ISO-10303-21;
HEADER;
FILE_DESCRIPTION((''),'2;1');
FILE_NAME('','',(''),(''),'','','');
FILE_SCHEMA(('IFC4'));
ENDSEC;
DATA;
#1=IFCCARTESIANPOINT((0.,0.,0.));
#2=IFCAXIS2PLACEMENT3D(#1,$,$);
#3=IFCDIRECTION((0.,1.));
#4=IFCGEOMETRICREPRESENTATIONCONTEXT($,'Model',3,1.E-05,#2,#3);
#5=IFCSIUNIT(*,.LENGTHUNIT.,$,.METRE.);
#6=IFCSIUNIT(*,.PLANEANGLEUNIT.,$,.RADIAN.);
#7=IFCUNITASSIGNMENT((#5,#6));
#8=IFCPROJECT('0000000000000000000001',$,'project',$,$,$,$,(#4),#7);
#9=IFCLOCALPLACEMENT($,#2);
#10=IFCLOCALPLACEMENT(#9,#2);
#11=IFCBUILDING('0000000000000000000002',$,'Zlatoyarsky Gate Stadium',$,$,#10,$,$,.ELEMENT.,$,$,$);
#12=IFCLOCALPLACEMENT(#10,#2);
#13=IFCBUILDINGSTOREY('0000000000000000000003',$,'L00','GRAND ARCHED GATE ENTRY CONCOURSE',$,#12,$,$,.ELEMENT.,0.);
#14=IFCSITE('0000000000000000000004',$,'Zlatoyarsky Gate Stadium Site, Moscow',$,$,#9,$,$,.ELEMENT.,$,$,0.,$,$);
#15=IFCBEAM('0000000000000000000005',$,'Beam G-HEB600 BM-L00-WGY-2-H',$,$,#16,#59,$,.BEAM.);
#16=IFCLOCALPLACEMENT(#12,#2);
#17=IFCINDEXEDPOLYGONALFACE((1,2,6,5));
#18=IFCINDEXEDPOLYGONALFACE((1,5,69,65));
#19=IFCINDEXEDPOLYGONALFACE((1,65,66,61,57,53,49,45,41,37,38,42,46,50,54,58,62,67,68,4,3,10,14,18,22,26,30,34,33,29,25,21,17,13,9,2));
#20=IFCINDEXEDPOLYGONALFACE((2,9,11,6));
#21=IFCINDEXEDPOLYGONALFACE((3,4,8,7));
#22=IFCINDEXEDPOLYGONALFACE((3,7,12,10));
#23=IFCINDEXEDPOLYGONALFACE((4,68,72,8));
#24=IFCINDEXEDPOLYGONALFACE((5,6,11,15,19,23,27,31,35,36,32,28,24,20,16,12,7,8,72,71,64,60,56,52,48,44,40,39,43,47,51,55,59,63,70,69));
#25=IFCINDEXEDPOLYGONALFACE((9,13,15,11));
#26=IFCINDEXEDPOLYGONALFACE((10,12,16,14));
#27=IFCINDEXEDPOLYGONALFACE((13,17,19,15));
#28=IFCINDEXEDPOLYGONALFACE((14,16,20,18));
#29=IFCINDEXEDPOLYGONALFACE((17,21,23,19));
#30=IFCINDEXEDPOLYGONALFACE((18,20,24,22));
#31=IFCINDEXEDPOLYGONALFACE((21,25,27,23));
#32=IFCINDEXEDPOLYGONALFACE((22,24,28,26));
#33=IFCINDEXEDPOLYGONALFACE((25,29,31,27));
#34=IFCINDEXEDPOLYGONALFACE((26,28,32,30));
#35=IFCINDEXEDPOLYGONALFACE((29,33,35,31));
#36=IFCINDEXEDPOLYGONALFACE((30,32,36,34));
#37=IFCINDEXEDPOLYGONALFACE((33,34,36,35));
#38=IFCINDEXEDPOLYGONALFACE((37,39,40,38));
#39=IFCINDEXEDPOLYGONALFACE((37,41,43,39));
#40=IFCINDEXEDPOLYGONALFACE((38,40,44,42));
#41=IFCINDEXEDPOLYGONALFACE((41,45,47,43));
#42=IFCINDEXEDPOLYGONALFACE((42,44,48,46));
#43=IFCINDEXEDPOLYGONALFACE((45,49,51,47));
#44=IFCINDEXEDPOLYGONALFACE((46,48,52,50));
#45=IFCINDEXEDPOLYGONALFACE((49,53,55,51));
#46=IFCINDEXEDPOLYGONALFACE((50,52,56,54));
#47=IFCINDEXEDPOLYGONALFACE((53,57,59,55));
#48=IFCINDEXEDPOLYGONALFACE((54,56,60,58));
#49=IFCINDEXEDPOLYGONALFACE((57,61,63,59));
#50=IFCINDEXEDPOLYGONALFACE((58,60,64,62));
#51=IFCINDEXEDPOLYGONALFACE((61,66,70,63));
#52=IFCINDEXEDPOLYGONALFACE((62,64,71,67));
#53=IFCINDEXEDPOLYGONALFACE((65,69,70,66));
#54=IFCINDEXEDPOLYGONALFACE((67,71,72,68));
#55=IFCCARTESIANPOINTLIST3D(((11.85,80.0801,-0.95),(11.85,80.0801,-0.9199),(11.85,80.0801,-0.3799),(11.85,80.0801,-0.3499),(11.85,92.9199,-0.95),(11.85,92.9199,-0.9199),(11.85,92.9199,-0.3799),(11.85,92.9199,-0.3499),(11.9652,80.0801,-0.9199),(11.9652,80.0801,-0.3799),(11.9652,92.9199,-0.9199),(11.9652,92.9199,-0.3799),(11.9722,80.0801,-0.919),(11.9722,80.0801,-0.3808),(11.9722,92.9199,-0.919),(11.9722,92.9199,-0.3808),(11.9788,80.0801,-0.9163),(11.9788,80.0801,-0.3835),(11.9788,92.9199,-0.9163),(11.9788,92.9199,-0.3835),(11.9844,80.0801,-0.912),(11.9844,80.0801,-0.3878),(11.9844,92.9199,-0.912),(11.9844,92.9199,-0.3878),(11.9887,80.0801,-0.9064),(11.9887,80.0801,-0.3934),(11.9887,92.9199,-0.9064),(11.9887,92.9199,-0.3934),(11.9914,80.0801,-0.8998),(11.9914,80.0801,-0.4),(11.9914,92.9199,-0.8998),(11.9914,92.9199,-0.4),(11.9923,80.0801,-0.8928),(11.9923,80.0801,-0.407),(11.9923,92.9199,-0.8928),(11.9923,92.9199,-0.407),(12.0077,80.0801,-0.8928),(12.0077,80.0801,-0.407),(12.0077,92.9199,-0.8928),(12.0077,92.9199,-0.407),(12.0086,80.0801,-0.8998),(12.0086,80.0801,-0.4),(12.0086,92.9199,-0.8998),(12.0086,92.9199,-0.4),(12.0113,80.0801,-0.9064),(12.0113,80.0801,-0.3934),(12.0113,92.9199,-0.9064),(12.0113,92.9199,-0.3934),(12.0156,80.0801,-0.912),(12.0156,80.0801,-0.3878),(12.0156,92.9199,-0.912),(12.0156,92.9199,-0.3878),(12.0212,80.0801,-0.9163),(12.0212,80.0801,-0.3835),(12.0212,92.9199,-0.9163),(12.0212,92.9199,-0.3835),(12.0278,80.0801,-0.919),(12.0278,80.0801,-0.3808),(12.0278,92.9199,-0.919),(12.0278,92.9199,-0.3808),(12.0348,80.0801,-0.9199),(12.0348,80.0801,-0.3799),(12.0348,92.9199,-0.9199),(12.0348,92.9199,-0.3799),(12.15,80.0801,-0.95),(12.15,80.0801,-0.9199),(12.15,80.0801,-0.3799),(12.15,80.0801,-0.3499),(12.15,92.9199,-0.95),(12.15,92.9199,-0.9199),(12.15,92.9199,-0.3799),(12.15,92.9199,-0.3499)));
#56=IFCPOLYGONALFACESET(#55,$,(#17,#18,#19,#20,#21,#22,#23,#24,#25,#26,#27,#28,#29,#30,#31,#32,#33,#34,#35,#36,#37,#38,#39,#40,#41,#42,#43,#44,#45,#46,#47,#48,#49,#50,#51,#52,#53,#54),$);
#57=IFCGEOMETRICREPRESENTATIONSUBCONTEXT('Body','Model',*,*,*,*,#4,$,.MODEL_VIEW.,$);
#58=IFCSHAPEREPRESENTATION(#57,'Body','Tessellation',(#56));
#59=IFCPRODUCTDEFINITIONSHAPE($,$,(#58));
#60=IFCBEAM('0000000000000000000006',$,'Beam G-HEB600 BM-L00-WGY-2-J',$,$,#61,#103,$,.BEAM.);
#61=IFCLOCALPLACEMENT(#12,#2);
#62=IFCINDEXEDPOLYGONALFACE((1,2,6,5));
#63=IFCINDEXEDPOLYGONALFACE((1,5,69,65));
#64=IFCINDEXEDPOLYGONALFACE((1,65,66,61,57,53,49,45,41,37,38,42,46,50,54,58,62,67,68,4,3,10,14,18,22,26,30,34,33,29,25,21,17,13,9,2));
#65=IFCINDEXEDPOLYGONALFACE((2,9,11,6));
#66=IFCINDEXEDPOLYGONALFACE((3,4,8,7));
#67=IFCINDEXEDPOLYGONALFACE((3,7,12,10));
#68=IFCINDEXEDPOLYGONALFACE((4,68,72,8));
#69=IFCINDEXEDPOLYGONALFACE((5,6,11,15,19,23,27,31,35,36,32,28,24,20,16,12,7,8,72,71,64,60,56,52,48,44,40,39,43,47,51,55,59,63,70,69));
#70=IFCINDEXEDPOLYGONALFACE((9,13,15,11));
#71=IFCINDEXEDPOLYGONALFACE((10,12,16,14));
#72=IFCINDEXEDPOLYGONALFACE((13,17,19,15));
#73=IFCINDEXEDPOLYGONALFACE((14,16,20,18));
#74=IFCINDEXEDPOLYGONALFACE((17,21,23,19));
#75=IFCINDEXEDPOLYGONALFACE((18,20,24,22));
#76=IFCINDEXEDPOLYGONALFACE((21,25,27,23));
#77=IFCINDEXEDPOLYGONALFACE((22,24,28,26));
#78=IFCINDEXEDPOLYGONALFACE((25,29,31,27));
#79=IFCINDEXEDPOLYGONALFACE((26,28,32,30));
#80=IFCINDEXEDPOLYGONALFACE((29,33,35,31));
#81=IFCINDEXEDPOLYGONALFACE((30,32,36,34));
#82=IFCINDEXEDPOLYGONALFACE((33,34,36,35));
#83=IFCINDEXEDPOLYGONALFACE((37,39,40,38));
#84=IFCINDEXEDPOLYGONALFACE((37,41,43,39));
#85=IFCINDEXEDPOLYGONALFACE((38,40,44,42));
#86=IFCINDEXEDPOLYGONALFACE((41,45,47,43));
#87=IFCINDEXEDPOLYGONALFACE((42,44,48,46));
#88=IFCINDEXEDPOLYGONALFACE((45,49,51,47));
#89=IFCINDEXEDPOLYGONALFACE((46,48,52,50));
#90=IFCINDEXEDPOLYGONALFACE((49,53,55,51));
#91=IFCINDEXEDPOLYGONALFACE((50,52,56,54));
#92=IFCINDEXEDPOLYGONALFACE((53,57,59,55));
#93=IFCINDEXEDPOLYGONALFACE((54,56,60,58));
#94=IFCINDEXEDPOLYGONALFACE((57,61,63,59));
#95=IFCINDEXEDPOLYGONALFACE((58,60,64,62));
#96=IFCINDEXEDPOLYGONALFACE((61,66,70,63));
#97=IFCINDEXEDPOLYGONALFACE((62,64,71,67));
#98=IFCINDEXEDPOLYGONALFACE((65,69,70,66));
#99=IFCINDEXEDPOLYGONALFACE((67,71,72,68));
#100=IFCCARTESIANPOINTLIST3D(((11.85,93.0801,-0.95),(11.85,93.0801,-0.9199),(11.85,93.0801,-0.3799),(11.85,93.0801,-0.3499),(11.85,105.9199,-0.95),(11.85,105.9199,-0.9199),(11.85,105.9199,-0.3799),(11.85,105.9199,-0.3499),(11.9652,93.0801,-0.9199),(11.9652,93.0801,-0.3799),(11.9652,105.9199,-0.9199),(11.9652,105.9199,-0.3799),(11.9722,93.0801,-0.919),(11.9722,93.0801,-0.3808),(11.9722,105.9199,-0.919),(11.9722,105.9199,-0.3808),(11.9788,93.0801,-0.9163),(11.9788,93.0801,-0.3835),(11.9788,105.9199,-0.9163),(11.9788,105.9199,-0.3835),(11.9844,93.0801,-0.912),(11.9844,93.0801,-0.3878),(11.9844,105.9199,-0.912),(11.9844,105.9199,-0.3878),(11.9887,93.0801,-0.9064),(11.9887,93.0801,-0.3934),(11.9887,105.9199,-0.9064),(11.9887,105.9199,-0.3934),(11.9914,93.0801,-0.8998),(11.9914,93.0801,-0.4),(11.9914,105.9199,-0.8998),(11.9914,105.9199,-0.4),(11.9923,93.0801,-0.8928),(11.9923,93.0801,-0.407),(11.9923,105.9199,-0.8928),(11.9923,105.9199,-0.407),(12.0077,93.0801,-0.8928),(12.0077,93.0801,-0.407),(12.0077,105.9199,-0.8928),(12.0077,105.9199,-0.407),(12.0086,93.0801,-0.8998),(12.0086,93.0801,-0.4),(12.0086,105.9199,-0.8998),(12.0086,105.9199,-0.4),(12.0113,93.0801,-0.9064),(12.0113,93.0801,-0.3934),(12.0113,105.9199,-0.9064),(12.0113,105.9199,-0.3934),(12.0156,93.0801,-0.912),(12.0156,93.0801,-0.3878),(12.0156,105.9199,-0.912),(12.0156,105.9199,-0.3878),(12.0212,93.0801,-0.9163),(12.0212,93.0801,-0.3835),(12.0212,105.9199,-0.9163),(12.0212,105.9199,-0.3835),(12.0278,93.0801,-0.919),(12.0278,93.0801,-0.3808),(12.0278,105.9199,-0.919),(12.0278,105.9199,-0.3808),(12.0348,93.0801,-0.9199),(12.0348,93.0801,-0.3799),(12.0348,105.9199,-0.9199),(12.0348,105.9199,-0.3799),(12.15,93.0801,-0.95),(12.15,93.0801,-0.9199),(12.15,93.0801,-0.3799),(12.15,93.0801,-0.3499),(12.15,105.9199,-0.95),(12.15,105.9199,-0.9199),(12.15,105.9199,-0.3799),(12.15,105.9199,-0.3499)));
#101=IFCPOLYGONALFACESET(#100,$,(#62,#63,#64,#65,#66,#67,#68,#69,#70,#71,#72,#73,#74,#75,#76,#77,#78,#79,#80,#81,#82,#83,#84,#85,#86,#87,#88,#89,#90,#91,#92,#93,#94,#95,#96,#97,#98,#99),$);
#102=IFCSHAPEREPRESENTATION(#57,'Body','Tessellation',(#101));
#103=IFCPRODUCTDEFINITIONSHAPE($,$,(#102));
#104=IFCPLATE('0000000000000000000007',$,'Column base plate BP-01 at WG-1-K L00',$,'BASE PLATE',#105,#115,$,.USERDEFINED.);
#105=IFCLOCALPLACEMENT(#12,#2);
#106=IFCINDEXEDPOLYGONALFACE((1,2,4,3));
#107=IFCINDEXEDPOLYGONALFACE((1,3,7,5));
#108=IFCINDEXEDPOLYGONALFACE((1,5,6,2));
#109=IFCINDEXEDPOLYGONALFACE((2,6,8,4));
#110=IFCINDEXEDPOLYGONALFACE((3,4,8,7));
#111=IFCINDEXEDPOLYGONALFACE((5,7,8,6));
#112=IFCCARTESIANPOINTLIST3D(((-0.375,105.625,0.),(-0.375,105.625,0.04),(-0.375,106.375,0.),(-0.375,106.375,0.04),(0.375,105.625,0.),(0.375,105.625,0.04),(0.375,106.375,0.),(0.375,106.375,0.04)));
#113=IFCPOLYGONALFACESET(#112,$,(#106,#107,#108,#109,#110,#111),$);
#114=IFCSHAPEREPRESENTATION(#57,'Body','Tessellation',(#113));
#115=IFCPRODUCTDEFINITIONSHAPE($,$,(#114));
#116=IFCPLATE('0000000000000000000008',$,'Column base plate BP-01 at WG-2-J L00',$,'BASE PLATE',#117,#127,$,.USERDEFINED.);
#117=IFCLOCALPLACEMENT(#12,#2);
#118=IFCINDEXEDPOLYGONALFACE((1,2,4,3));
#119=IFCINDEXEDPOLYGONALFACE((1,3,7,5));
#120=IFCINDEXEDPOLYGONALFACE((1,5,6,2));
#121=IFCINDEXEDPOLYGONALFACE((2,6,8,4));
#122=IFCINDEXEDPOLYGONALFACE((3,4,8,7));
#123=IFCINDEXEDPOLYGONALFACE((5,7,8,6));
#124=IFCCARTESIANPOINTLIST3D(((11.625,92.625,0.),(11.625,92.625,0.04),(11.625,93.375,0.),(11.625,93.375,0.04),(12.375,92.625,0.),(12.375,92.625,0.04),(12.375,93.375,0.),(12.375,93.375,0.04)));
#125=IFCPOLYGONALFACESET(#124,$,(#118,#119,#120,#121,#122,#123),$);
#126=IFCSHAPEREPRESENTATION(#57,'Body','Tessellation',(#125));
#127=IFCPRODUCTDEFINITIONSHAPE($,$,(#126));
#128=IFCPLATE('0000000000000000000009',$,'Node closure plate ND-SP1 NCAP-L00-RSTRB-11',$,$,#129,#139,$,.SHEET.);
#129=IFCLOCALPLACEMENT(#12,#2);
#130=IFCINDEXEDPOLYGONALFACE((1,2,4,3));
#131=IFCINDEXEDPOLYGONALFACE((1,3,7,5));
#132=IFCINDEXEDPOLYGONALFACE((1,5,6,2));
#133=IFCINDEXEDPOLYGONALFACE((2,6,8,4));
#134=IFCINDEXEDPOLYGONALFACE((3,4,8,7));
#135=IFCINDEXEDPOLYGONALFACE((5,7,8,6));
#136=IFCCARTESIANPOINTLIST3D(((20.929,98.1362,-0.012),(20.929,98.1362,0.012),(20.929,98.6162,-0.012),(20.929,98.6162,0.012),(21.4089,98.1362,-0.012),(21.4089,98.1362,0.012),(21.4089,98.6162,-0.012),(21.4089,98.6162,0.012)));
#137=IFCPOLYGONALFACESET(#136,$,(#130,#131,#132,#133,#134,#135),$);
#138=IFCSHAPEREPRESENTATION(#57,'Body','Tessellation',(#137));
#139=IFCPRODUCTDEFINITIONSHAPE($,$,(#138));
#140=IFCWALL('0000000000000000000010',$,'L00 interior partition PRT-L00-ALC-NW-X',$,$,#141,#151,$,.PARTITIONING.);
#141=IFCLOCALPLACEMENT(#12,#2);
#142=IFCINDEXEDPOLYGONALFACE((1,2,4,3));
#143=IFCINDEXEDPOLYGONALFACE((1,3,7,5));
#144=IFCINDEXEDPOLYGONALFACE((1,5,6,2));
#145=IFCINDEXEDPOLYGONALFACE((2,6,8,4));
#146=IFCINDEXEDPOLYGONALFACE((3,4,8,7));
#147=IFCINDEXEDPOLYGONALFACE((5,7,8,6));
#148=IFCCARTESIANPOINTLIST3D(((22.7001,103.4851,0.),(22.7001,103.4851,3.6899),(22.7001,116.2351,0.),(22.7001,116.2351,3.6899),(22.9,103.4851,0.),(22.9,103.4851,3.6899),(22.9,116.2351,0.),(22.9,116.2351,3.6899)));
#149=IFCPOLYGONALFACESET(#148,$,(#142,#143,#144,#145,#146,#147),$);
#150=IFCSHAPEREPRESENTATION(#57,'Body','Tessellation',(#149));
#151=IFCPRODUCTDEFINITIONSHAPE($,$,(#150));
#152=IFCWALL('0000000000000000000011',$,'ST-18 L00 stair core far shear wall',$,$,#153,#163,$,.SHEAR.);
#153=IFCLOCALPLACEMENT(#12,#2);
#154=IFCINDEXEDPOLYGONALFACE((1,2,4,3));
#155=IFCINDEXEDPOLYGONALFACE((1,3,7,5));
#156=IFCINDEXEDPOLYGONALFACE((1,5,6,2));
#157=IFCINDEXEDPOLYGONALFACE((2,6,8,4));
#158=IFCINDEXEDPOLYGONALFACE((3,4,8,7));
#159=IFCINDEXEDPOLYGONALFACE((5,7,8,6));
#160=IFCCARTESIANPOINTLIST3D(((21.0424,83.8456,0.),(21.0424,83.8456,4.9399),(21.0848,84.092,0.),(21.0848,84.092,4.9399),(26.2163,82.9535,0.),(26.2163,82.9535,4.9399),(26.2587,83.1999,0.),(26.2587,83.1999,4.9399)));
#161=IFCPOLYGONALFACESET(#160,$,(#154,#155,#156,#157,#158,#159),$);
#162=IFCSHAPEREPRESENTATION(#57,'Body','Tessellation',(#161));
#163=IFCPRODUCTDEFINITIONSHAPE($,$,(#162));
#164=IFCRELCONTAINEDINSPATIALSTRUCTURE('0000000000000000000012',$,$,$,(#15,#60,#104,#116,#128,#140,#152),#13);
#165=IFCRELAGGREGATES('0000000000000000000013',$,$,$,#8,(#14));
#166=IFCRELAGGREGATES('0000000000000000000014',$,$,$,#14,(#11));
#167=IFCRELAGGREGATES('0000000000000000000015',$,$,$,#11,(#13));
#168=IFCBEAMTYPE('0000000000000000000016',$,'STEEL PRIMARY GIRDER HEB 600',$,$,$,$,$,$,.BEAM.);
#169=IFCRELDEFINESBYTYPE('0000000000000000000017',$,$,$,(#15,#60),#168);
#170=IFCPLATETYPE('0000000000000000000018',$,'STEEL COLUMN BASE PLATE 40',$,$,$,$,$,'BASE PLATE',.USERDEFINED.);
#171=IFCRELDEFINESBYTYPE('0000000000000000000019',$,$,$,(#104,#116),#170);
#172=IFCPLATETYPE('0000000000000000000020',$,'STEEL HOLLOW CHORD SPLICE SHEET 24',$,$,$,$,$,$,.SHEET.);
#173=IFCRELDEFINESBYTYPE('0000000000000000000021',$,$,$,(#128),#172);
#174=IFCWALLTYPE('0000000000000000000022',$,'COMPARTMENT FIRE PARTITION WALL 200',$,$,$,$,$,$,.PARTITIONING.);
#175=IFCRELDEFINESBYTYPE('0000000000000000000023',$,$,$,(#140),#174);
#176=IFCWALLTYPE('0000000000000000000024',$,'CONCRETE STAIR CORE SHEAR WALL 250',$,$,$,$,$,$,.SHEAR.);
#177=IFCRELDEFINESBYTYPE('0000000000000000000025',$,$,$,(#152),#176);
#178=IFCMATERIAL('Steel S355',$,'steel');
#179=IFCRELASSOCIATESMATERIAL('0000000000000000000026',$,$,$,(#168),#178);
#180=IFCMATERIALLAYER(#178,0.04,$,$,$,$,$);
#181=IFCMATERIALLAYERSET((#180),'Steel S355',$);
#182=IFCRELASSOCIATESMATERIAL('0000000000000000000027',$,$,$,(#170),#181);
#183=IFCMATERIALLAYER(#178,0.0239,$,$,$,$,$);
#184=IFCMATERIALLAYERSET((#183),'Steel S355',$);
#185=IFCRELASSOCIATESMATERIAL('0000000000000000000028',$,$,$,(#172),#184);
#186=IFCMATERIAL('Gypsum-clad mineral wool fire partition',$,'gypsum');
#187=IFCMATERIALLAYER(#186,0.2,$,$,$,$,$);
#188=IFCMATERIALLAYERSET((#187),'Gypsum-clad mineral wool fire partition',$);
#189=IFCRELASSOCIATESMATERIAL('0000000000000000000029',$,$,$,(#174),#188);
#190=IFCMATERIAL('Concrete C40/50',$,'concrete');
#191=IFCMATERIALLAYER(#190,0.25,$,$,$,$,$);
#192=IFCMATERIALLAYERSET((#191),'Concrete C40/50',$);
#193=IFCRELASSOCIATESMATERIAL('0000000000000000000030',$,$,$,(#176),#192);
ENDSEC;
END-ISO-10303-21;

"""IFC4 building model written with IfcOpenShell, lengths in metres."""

from ifc_helpers import new_model, si_unit, direction, frame, frame_2d, origin, origin_2d, place, context, subcontext, project, spatial, rectangle, i_section, extrude, material, layer, layer_set, material_profile, profile_set, type_object, element, save


model = new_model("IFC4")

# Units and contexts
model_context = context("Model", 3, precision=1e-05, world=origin(), true_north=direction((0.0, 1.0)))
body_context = subcontext(model_context, "Body", "Model", "MODEL_VIEW")
ifc_project = project(units=[si_unit("LENGTHUNIT", "METRE"), si_unit("PLANEANGLEUNIT", "RADIAN")], contexts=[model_context])

# Site, building, storey
site_placement = place(None, origin())
site = spatial("IfcSite", under=ifc_project, at=site_placement, Name="Zlatoyarsky Gate Stadium Site, Moscow", CompositionType="ELEMENT", RefElevation=0.0)
building_placement = place(site_placement, origin())
building = spatial("IfcBuilding", under=site, at=building_placement, Name="Zlatoyarsky Gate Stadium", CompositionType="ELEMENT")
storey_placement = place(building_placement, origin())
storey = spatial("IfcBuildingStorey", under=building, at=storey_placement, Name="L00", Description="GRAND ARCHED GATE ENTRY CONCOURSE", CompositionType="ELEMENT", Elevation=0.0)

# Shared definitions
ifc_material_1 = material(Name="Concrete C40/50", Category="concrete")
ifc_material_2 = material(Name="Steel S355", Category="steel")

# Beams
ifc_material_profile_1 = material_profile(ifc_material_2, i_section(OverallWidth=0.3, OverallDepth=0.6001, WebThickness=0.0154, FlangeThickness=0.03, FilletRadius=0.0271, at=origin_2d()), Name="HEB 600")
ifc_profile_set_1 = profile_set([ifc_material_profile_1], Name="Steel S355")
beam_type_1 = type_object("IfcBeamType", Name="STEEL PRIMARY GIRDER HEB 600", PredefinedType="BEAM", material=ifc_profile_set_1)
for number, where, z_axis, x_axis, name in (
    (1, (12.0, 80.0801, -0.6499), (0.0, 1.0, 0.0), (-1.0, 0.0, 0.0), "Beam G-HEB600 BM-L00-WGY-2-H"),
    (2, (12.0, 93.0801, -0.6499), (0.0, 1.0, 0.0), (-1.0, 0.0, 0.0), "Beam G-HEB600 BM-L00-WGY-2-J"),
):
    element("IfcBeam", number, at=place(storey_placement, frame(where, z_axis=z_axis, x_axis=x_axis)), inside=storey, type_object=beam_type_1, Name=name, PredefinedType="BEAM", context=body_context, shape_type="SweptSolid", body=[
        extrude(i_section(OverallWidth=0.3, OverallDepth=0.6001, WebThickness=0.0154, FlangeThickness=0.03, FilletRadius=0.0271, at=origin_2d()), origin(), (0.0, 0.0, 1.0), 12.8398),
    ])

# Plates
ifc_layer_1 = layer(ifc_material_2, 0.04)
ifc_layer_set_1 = layer_set([ifc_layer_1], Name="Steel S355")
plate_type_1 = type_object("IfcPlateType", Name="STEEL COLUMN BASE PLATE 40", ElementType="BASE PLATE", PredefinedType="USERDEFINED", material=ifc_layer_set_1)
for number, where, z_axis, x_axis, name in (
    (3, (0.0, 106.0, 0.0), (0.0, 0.0, 1.0), (1.0, 0.0, 0.0), "Column base plate BP-01 at WG-1-K L00"),
    (4, (12.0, 93.0, 0.0), (0.0, 0.0, 1.0), (1.0, 0.0, 0.0), "Column base plate BP-01 at WG-2-J L00"),
):
    element("IfcPlate", number, at=place(storey_placement, frame(where, z_axis=z_axis, x_axis=x_axis)), inside=storey, type_object=plate_type_1, Name=name, ObjectType="BASE PLATE", PredefinedType="USERDEFINED", context=body_context, shape_type="SweptSolid", body=[
        extrude(rectangle(XDim=0.75, YDim=0.75, at=origin_2d()), origin(), (0.0, 0.0, 1.0), 0.04),
    ])
ifc_layer_2 = layer(ifc_material_2, 0.0239)
ifc_layer_set_2 = layer_set([ifc_layer_2], Name="Steel S355")
plate_type_2 = type_object("IfcPlateType", Name="STEEL HOLLOW CHORD SPLICE SHEET 24", PredefinedType="SHEET", material=ifc_layer_set_2)
plate_placement = place(storey_placement, frame((21.1689, 98.3762, -0.012), z_axis=(0.0, 0.0, 1.0), x_axis=(1.0, 0.0, 0.0)))
element("IfcPlate", 5, at=plate_placement, inside=storey, type_object=plate_type_2, Name="Node closure plate ND-SP1 NCAP-L00-RSTRB-11", PredefinedType="SHEET", context=body_context, shape_type="SweptSolid", body=[
    extrude(rectangle(XDim=0.48, YDim=0.48, at=origin_2d()), origin(), (0.0, 0.0, 1.0), 0.0239),
])

# Walls
ifc_material_3 = material(Name="Gypsum-clad mineral wool fire partition", Category="gypsum")
ifc_layer_3 = layer(ifc_material_3, 0.2)
ifc_layer_set_3 = layer_set([ifc_layer_3], Name="Gypsum-clad mineral wool fire partition")
wall_type_1 = type_object("IfcWallType", Name="COMPARTMENT FIRE PARTITION WALL 200", PredefinedType="PARTITIONING", material=ifc_layer_set_3)
wall_1_placement = place(storey_placement, frame((22.8, 103.4851, 0.0), z_axis=(0.0, 0.0, 1.0), x_axis=(0.0, 1.0, 0.0)))
element("IfcWall", 6, at=wall_1_placement, inside=storey, type_object=wall_type_1, Name="L00 interior partition PRT-L00-ALC-NW-X", PredefinedType="PARTITIONING", context=body_context, shape_type="SweptSolid", body=[
    extrude(rectangle(XDim=12.75, YDim=0.2, at=frame_2d((6.375, 0.0))), origin(), (0.0, 0.0, 1.0), 3.6899),
])
ifc_layer_4 = layer(ifc_material_1, 0.25)
ifc_layer_set_4 = layer_set([ifc_layer_4], Name="Concrete C40/50")
wall_type_2 = type_object("IfcWallType", Name="CONCRETE STAIR CORE SHEAR WALL 250", PredefinedType="SHEAR", material=ifc_layer_set_4)
wall_2_placement = place(storey_placement, frame((21.0637, 83.9688, 0.0), z_axis=(0.0, 0.0, 1.0), x_axis=(0.985459, -0.169916, 0.0)))
element("IfcWall", 7, at=wall_2_placement, inside=storey, type_object=wall_type_2, Name="ST-18 L00 stair core far shear wall", PredefinedType="SHEAR", context=body_context, shape_type="SweptSolid", body=[
    extrude(rectangle(XDim=5.2502, YDim=0.25, at=frame_2d((2.625, 0.0))), origin(), (0.0, 0.0, 1.0), 4.9399),
])

save(model, "model.ifc")
